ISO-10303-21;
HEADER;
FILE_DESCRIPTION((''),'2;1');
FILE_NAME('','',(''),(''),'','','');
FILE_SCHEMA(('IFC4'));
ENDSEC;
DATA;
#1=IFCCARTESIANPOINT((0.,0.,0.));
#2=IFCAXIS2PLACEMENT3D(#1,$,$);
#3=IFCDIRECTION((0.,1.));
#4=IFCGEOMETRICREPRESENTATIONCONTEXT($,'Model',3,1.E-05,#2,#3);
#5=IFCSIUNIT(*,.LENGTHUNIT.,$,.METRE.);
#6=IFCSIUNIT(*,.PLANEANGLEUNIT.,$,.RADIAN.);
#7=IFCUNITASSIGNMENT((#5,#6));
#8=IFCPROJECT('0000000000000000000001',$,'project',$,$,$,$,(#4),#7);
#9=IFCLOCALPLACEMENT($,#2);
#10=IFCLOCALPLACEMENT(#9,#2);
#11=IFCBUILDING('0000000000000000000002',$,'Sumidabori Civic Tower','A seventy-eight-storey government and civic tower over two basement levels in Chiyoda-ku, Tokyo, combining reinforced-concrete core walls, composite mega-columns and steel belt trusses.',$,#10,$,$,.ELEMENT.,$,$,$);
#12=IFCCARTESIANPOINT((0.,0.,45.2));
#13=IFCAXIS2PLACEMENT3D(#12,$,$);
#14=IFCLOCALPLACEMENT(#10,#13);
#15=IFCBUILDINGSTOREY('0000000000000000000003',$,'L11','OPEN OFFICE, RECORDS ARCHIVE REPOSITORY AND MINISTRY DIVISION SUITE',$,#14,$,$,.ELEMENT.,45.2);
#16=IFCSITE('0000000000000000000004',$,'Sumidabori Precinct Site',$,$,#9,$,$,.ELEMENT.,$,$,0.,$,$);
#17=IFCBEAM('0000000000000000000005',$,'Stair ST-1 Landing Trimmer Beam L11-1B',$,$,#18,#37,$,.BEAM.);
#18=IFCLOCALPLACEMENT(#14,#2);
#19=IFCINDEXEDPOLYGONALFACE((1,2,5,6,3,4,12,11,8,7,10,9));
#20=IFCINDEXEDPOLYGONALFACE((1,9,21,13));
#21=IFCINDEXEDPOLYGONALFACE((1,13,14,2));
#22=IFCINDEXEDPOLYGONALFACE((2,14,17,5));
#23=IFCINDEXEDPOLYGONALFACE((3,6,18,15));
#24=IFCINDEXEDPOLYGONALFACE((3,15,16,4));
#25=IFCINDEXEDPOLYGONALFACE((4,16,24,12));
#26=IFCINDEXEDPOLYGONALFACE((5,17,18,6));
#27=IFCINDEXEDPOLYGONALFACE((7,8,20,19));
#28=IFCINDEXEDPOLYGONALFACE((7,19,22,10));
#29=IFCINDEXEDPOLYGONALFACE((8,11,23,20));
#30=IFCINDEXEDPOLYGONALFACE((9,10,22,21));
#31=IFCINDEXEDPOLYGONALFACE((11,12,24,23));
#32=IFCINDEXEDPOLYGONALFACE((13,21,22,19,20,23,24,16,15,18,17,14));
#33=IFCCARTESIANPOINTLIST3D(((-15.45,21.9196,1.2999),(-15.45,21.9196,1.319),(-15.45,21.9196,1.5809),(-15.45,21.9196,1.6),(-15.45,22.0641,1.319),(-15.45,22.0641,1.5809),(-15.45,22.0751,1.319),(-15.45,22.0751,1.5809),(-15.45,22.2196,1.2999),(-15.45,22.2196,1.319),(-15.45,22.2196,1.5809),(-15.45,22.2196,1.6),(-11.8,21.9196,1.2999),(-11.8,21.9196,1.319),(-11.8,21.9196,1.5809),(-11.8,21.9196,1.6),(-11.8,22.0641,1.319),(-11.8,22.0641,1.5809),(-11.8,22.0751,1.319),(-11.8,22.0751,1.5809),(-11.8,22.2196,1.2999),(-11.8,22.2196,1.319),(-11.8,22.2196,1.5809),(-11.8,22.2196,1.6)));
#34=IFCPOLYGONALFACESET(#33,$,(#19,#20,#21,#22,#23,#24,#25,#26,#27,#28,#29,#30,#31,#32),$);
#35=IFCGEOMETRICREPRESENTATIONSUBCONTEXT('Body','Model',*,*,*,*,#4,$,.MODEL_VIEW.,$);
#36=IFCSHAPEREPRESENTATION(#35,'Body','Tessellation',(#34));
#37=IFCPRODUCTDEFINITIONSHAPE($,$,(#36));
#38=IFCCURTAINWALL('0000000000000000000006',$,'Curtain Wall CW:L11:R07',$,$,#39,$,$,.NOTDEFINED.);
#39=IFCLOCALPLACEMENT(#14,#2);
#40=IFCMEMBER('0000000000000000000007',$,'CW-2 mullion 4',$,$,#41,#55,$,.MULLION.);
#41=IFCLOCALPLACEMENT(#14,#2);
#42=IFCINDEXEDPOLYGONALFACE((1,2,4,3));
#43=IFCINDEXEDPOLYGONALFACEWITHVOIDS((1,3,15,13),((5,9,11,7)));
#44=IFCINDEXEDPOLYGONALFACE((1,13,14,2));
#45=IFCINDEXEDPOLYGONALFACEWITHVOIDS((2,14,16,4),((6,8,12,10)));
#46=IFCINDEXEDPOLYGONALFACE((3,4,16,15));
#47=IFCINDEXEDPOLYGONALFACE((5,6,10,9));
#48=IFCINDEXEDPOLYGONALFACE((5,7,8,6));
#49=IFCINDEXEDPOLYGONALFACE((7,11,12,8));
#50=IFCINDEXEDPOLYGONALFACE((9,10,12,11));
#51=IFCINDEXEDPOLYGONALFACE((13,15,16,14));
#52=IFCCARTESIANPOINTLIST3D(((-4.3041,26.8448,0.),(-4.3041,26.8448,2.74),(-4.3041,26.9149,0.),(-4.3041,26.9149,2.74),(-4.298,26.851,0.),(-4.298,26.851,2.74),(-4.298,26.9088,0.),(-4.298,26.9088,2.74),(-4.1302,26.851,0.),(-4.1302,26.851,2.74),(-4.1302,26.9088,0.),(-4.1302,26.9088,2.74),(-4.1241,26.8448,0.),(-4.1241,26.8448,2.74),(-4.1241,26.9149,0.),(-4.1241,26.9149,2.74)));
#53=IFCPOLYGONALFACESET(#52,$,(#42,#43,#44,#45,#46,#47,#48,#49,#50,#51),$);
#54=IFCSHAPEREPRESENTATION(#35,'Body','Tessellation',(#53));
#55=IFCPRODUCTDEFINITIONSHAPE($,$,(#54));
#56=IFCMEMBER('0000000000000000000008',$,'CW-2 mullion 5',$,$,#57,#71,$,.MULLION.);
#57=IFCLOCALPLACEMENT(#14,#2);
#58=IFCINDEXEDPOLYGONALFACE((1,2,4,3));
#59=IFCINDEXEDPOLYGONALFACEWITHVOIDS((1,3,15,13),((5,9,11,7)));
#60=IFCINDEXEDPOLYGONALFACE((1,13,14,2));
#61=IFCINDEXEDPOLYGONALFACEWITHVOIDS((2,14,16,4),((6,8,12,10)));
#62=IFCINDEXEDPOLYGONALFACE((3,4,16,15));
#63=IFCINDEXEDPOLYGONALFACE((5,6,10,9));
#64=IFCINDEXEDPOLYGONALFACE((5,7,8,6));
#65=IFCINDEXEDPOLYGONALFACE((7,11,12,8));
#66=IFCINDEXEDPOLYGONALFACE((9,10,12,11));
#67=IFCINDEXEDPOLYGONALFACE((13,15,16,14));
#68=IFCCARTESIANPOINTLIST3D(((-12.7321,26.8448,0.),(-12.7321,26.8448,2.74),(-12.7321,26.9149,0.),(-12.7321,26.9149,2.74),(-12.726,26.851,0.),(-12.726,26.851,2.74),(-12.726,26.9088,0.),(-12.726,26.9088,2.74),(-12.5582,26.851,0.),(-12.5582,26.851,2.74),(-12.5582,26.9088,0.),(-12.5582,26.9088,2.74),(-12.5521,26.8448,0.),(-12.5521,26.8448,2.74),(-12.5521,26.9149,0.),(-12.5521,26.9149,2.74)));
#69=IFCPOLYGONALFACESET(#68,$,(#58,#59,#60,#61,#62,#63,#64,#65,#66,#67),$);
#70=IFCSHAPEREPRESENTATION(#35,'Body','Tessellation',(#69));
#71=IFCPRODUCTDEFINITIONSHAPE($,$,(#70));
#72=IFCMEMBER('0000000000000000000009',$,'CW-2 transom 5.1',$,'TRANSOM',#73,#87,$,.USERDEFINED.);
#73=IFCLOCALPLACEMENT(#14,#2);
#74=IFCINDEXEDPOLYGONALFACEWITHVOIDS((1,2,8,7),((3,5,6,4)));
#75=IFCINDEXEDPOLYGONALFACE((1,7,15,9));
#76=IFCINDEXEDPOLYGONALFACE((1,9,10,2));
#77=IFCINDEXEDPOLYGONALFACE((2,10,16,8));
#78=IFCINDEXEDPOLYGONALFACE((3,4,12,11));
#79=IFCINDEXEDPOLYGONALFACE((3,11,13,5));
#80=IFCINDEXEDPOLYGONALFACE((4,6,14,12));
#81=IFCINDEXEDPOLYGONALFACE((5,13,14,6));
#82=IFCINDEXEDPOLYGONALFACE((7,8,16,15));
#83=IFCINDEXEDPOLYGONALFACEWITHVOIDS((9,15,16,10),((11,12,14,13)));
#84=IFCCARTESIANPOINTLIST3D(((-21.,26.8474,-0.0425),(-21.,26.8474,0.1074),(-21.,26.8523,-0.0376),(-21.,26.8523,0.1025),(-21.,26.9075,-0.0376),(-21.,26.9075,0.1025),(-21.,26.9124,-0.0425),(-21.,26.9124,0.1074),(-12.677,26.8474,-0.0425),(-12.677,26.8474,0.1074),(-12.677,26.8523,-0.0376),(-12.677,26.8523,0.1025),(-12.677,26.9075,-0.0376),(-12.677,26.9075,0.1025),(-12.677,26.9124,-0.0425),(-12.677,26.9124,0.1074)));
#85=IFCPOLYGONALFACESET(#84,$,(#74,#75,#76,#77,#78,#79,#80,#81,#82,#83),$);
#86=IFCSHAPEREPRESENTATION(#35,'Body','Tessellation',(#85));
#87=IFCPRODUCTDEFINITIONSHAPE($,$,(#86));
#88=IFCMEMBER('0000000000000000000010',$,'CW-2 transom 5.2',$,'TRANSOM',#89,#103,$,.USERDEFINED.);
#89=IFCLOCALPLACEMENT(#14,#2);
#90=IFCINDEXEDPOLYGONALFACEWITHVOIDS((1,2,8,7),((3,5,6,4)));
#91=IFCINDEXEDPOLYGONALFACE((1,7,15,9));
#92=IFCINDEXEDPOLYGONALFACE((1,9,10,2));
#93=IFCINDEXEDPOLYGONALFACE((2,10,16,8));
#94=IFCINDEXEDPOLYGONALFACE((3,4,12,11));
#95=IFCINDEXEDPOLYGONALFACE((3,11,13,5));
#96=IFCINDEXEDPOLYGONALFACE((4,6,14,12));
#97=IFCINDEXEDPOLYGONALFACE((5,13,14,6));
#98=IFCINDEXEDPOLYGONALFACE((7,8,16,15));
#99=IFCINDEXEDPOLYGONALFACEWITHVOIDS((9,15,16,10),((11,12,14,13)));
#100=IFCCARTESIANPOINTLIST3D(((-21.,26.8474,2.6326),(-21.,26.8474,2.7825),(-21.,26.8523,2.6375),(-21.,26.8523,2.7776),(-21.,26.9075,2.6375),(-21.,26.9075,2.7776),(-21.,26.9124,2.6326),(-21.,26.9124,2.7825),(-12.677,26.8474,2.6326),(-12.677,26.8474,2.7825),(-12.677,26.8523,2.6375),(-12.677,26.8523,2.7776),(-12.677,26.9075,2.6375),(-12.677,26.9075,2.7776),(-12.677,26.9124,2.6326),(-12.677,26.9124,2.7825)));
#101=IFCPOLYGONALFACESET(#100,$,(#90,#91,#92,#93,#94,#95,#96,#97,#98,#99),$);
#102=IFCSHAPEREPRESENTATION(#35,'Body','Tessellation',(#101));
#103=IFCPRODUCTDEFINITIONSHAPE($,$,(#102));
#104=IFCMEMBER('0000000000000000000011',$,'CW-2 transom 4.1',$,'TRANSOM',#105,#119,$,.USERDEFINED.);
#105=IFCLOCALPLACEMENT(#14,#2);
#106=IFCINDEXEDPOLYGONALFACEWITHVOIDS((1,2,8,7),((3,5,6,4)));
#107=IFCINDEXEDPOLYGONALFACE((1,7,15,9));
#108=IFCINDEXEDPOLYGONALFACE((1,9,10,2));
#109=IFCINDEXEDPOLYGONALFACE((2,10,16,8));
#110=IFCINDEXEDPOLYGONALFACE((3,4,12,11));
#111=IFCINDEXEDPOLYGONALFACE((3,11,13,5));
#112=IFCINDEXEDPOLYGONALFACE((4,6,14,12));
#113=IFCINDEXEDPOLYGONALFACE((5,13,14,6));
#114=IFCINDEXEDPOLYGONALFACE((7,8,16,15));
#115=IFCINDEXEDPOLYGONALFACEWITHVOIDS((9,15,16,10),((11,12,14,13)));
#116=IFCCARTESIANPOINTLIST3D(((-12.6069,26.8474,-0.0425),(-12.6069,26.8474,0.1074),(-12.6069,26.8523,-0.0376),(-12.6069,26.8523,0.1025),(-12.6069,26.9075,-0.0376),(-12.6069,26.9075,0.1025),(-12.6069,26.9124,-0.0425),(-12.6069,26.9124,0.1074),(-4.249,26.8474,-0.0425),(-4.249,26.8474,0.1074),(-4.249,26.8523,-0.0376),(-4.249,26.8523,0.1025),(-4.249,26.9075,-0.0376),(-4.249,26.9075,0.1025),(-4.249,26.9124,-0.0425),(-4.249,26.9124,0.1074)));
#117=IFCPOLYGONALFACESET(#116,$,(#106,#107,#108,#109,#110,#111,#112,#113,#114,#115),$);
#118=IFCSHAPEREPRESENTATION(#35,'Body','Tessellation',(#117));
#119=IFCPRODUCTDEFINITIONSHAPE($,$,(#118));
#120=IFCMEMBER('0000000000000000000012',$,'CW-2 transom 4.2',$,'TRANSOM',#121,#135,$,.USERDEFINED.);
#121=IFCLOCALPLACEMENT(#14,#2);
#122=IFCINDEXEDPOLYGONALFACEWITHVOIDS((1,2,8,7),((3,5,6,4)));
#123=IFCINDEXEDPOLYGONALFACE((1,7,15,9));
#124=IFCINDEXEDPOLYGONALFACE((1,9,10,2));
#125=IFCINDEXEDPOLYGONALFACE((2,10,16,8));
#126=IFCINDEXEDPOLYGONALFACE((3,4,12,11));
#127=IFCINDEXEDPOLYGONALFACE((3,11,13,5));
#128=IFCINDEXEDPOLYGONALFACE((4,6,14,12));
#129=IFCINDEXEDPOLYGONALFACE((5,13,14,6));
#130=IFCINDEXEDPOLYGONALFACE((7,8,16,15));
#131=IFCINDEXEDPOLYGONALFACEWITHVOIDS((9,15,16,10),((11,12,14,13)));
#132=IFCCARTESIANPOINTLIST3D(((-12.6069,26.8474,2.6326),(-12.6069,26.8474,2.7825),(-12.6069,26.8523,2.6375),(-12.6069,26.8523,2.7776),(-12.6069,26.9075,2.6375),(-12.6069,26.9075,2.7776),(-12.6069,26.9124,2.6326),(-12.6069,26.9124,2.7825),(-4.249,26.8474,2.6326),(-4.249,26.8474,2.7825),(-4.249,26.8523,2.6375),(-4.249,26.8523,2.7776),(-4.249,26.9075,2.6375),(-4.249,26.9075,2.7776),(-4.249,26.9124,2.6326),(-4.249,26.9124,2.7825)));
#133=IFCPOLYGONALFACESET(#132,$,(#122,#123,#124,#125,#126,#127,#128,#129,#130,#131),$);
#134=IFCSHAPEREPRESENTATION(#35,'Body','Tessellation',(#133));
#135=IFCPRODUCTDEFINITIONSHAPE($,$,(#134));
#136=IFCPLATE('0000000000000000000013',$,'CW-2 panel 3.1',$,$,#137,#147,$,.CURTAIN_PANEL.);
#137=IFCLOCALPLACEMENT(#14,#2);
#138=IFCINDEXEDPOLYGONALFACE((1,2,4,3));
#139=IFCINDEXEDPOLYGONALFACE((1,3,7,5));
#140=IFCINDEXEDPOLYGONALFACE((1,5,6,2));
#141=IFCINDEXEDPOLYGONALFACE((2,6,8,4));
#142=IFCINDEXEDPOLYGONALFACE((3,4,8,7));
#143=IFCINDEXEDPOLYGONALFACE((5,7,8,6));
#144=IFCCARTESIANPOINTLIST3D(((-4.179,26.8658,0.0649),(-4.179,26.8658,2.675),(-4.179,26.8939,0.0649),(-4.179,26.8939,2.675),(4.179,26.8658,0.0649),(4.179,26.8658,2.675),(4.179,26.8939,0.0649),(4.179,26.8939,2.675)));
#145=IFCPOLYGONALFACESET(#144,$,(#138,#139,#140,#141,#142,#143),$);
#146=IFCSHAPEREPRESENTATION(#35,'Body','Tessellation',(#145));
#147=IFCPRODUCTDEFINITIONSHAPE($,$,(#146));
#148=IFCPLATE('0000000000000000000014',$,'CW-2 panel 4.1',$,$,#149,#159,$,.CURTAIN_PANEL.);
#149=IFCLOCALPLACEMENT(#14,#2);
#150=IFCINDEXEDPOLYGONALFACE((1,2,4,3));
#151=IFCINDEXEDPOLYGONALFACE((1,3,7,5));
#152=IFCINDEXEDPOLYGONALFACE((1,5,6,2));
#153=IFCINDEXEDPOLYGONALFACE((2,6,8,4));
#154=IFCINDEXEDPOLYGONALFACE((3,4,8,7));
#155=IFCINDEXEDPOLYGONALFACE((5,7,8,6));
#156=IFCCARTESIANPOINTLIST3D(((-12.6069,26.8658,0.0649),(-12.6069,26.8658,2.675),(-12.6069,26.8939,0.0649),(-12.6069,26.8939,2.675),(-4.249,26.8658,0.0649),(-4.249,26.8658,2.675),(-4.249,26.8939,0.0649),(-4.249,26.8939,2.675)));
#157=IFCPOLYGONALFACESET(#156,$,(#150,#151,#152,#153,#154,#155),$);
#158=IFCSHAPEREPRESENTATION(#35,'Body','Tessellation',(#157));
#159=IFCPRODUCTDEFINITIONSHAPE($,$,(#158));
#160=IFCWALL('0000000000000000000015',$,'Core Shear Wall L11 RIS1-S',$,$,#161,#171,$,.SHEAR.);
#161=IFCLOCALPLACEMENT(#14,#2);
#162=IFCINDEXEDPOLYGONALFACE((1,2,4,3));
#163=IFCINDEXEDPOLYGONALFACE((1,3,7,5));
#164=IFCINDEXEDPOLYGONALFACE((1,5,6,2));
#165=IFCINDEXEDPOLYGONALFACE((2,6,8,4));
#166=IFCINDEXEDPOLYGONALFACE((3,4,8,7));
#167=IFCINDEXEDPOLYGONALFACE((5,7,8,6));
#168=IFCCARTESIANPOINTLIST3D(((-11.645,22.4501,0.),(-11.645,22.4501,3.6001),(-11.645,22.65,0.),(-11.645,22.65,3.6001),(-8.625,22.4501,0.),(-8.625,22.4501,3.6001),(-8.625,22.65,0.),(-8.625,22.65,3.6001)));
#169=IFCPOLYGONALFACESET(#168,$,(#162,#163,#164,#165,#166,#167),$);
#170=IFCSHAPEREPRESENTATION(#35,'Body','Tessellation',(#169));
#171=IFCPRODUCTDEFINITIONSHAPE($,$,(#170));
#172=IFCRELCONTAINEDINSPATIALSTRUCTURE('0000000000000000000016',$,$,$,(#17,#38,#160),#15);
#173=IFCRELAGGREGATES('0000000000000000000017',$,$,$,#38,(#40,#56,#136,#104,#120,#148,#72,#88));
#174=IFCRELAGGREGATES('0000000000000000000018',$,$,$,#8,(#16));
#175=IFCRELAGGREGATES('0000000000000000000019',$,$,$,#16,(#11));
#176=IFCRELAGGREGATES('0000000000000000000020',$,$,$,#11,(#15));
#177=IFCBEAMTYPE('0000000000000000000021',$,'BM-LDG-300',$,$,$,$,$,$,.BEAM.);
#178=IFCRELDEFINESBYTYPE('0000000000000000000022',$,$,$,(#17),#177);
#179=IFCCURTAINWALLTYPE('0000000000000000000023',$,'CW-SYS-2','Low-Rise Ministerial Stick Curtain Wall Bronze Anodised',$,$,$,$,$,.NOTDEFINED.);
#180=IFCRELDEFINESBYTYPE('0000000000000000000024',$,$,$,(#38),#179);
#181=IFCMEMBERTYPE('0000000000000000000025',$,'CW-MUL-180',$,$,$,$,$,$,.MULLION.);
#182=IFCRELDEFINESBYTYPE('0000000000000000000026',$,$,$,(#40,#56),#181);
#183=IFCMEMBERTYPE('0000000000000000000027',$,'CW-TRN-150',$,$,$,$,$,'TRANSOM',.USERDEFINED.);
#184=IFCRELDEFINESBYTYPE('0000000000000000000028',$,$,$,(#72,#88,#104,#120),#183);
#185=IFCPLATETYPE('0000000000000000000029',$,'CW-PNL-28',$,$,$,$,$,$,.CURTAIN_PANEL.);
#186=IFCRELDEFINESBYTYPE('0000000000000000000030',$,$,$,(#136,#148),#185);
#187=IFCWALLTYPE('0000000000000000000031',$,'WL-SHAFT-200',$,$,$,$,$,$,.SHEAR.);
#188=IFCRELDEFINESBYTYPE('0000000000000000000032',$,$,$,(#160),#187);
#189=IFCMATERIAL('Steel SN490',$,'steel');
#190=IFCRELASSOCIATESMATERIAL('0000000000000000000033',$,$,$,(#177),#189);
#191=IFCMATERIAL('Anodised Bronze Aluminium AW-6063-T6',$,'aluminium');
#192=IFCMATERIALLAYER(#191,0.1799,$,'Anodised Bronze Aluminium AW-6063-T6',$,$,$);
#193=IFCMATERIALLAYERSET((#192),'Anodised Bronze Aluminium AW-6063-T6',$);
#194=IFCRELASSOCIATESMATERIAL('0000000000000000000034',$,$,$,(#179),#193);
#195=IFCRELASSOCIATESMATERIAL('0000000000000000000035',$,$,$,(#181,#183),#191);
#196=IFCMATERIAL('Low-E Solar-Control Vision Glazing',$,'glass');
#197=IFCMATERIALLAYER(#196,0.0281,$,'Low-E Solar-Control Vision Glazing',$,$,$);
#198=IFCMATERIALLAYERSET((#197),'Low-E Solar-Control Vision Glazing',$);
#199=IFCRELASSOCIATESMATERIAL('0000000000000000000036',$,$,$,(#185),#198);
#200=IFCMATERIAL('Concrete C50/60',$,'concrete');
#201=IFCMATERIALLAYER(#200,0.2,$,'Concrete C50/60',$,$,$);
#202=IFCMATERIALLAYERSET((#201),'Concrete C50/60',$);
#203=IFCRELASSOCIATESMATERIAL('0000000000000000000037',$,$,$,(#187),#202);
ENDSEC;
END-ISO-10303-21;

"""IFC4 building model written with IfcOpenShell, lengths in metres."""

from ifc_helpers import new_model, si_unit, direction, frame, frame_2d, origin, origin_2d, place, context, subcontext, project, spatial, rectangle, hollow_rectangle, i_section, extrude, source, transform, mapped, material, layer, layer_set, material_profile, profile_set, type_object, element, aggregate, save


model = new_model("IFC4")

# Units and contexts
model_context = context("Model", 3, precision=1e-05, world=origin(), true_north=direction((0.0, 1.0)))
body_context = subcontext(model_context, "Body", "Model", "MODEL_VIEW")
ifc_project = project(units=[si_unit("LENGTHUNIT", "METRE"), si_unit("PLANEANGLEUNIT", "RADIAN")], contexts=[model_context])

# Site, building, storey
site_placement = place(None, origin())
site = spatial("IfcSite", under=ifc_project, at=site_placement, Name="Sumidabori Precinct Site", CompositionType="ELEMENT", RefElevation=0.0)
building_placement = place(site_placement, origin())
building = spatial("IfcBuilding", under=site, at=building_placement, Name="Sumidabori Civic Tower", Description="A seventy-eight-storey government and civic tower over two basement levels in Chiyoda-ku, Tokyo, combining reinforced-concrete core walls, composite mega-columns and steel belt trusses.", CompositionType="ELEMENT")
storey_placement = place(building_placement, frame((0.0, 0.0, 45.2)))
storey = spatial("IfcBuildingStorey", under=building, at=storey_placement, Name="L11", Description="OPEN OFFICE, RECORDS ARCHIVE REPOSITORY AND MINISTRY DIVISION SUITE", CompositionType="ELEMENT", Elevation=45.2)

# Beam
ifc_material_1 = material(Name="Steel SN490", Category="steel")
ifc_material_profile_1 = material_profile(ifc_material_1, i_section(OverallWidth=0.3, OverallDepth=0.3, WebThickness=0.011, FlangeThickness=0.019, at=origin_2d()), Name="HE 300 B")
ifc_profile_set_1 = profile_set([ifc_material_profile_1], Name="Steel SN490")
beam_type = type_object("IfcBeamType", Name="BM-LDG-300", PredefinedType="BEAM", material=ifc_profile_set_1)
shared_shape_1 = source(origin(), body_context, "Body", "SweptSolid", [
    extrude(i_section(OverallWidth=0.3, OverallDepth=0.3, WebThickness=0.011, FlangeThickness=0.019, at=origin_2d()), origin(), (0.0, 0.0, 1.0), 3.6499),
])
beam_placement = place(storey_placement, frame((-15.45, 22.0696, 1.45), z_axis=(1.0, 0.0, 0.0), x_axis=(0.0, 1.0, 0.0)))
element("IfcBeam", 1, at=beam_placement, inside=storey, type_object=beam_type, Name="Stair ST-1 Landing Trimmer Beam L11-1B", PredefinedType="BEAM", context=body_context, shape_type="MappedRepresentation", body=[
    mapped(shared_shape_1, transform((0.0, 0.0, 0.0), x_axis=(1.0, 0.0, 0.0), y_axis=(0.0, 1.0, 0.0), z_axis=(0.0, 0.0, 1.0), scale=1.0)),
])

# Curtain wall, members, plates
ifc_material_2 = material(Name="Anodised Bronze Aluminium AW-6063-T6", Category="aluminium")
ifc_layer_1 = layer(ifc_material_2, 0.1799, Name="Anodised Bronze Aluminium AW-6063-T6")
ifc_layer_set_1 = layer_set([ifc_layer_1], Name="Anodised Bronze Aluminium AW-6063-T6")
curtain_wall_type = type_object("IfcCurtainWallType", Name="CW-SYS-2", Description="Low-Rise Ministerial Stick Curtain Wall Bronze Anodised", PredefinedType="NOTDEFINED", material=ifc_layer_set_1)
curtain_wall_placement = place(storey_placement, origin())
curtain_wall = element("IfcCurtainWall", 2, at=curtain_wall_placement, inside=storey, type_object=curtain_wall_type, Name="Curtain Wall CW:L11:R07", PredefinedType="NOTDEFINED")
ifc_material_profile_2 = material_profile(ifc_material_2, hollow_rectangle(XDim=0.0701, YDim=0.1799, WallThickness=0.0061, at=origin_2d()), Name="ALU MULLION 180x70")
ifc_profile_set_2 = profile_set([ifc_material_profile_2], Name="Anodised Bronze Aluminium AW-6063-T6")
member_type_1 = type_object("IfcMemberType", Name="CW-MUL-180", PredefinedType="MULLION", material=ifc_profile_set_2)
shared_shape_2 = source(origin(), body_context, "Body", "SweptSolid", [
    extrude(hollow_rectangle(XDim=0.0701, YDim=0.1799, WallThickness=0.0061, at=origin_2d()), origin(), (0.0, 0.0, 1.0), 2.74),
])
member_1_placement = place(storey_placement, frame((-4.2141, 26.8799, 0.0), z_axis=(0.0, 0.0, 1.0), x_axis=(0.0, -1.0, 0.0)))
member_1 = element("IfcMember", 3, at=member_1_placement, type_object=member_type_1, Name="CW-2 mullion 4", PredefinedType="MULLION", context=body_context, shape_type="MappedRepresentation", body=[
    mapped(shared_shape_2, transform((0.0, 0.0, 0.0), x_axis=(1.0, 0.0, 0.0), y_axis=(0.0, 1.0, 0.0), z_axis=(0.0, 0.0, 1.0), scale=1.0)),
])
member_2_placement = place(storey_placement, frame((-12.6421, 26.8799, 0.0), z_axis=(0.0, 0.0, 1.0), x_axis=(0.0, -1.0, 0.0)))
member_2 = element("IfcMember", 4, at=member_2_placement, type_object=member_type_1, Name="CW-2 mullion 5", PredefinedType="MULLION", context=body_context, shape_type="MappedRepresentation", body=[
    mapped(shared_shape_2, transform((0.0, 0.0, 0.0), x_axis=(1.0, 0.0, 0.0), y_axis=(0.0, 1.0, 0.0), z_axis=(0.0, 0.0, 1.0), scale=1.0)),
])
ifc_material_profile_3 = material_profile(ifc_material_2, hollow_rectangle(XDim=0.0649, YDim=0.1499, WallThickness=0.0049, at=origin_2d()), Name="ALU TRANSOM 150x65")
ifc_profile_set_3 = profile_set([ifc_material_profile_3], Name="Anodised Bronze Aluminium AW-6063-T6")
member_type_2 = type_object("IfcMemberType", Name="CW-TRN-150", ElementType="TRANSOM", PredefinedType="USERDEFINED", material=ifc_profile_set_3)
shared_shape_3 = source(origin(), body_context, "Body", "SweptSolid", [
    extrude(hollow_rectangle(XDim=0.0649, YDim=0.1499, WallThickness=0.0049, at=origin_2d()), origin(), (0.0, 0.0, 1.0), 8.323),
])
member_3_placement = place(storey_placement, frame((-12.677, 26.8799, 0.0325), z_axis=(-1.0, 0.0, 0.0), x_axis=(0.0, -1.0, 0.0)))
member_3 = element("IfcMember", 5, at=member_3_placement, type_object=member_type_2, Name="CW-2 transom 5.1", ObjectType="TRANSOM", PredefinedType="USERDEFINED", context=body_context, shape_type="MappedRepresentation", body=[
    mapped(shared_shape_3, transform((0.0, 0.0, 0.0), x_axis=(1.0, 0.0, 0.0), y_axis=(0.0, 1.0, 0.0), z_axis=(0.0, 0.0, 1.0), scale=1.0)),
])
member_4_placement = place(storey_placement, frame((-12.677, 26.8799, 2.7075), z_axis=(-1.0, 0.0, 0.0), x_axis=(0.0, -1.0, 0.0)))
member_4 = element("IfcMember", 6, at=member_4_placement, type_object=member_type_2, Name="CW-2 transom 5.2", ObjectType="TRANSOM", PredefinedType="USERDEFINED", context=body_context, shape_type="MappedRepresentation", body=[
    mapped(shared_shape_3, transform((0.0, 0.0, 0.0), x_axis=(1.0, 0.0, 0.0), y_axis=(0.0, 1.0, 0.0), z_axis=(0.0, 0.0, 1.0), scale=1.0)),
])
shared_shape_4 = source(origin(), body_context, "Body", "SweptSolid", [
    extrude(hollow_rectangle(XDim=0.0649, YDim=0.1499, WallThickness=0.0049, at=origin_2d()), origin(), (0.0, 0.0, 1.0), 8.3579),
])
member_5_placement = place(storey_placement, frame((-4.249, 26.8799, 0.0325), z_axis=(-1.0, 0.0, 0.0), x_axis=(0.0, -1.0, 0.0)))
member_5 = element("IfcMember", 7, at=member_5_placement, type_object=member_type_2, Name="CW-2 transom 4.1", ObjectType="TRANSOM", PredefinedType="USERDEFINED", context=body_context, shape_type="MappedRepresentation", body=[
    mapped(shared_shape_4, transform((0.0, 0.0, 0.0), x_axis=(1.0, 0.0, 0.0), y_axis=(0.0, 1.0, 0.0), z_axis=(0.0, 0.0, 1.0), scale=1.0)),
])
member_6_placement = place(storey_placement, frame((-4.249, 26.8799, 2.7075), z_axis=(-1.0, 0.0, 0.0), x_axis=(0.0, -1.0, 0.0)))
member_6 = element("IfcMember", 8, at=member_6_placement, type_object=member_type_2, Name="CW-2 transom 4.2", ObjectType="TRANSOM", PredefinedType="USERDEFINED", context=body_context, shape_type="MappedRepresentation", body=[
    mapped(shared_shape_4, transform((0.0, 0.0, 0.0), x_axis=(1.0, 0.0, 0.0), y_axis=(0.0, 1.0, 0.0), z_axis=(0.0, 0.0, 1.0), scale=1.0)),
])
ifc_material_3 = material(Name="Low-E Solar-Control Vision Glazing", Category="glass")
ifc_layer_2 = layer(ifc_material_3, 0.0281, Name="Low-E Solar-Control Vision Glazing")
ifc_layer_set_2 = layer_set([ifc_layer_2], Name="Low-E Solar-Control Vision Glazing")
plate_type = type_object("IfcPlateType", Name="CW-PNL-28", PredefinedType="CURTAIN_PANEL", material=ifc_layer_set_2)
shared_shape_5 = source(origin(), body_context, "Body", "SweptSolid", [
    extrude(rectangle(XDim=8.3579, YDim=0.0281, at=origin_2d()), origin(), (0.0, 0.0, 1.0), 2.6101),
])
plate_1_placement = place(storey_placement, frame((0.0, 26.8799, 0.0649), z_axis=(0.0, 0.0, 1.0), x_axis=(-1.0, 0.0, 0.0)))
plate_1 = element("IfcPlate", 9, at=plate_1_placement, type_object=plate_type, Name="CW-2 panel 3.1", PredefinedType="CURTAIN_PANEL", context=body_context, shape_type="MappedRepresentation", body=[
    mapped(shared_shape_5, transform((0.0, 0.0, 0.0), x_axis=(1.0, 0.0, 0.0), y_axis=(0.0, 1.0, 0.0), z_axis=(0.0, 0.0, 1.0), scale=1.0)),
])
plate_2_placement = place(storey_placement, frame((-8.428, 26.8799, 0.0649), z_axis=(0.0, 0.0, 1.0), x_axis=(-1.0, 0.0, 0.0)))
plate_2 = element("IfcPlate", 10, at=plate_2_placement, type_object=plate_type, Name="CW-2 panel 4.1", PredefinedType="CURTAIN_PANEL", context=body_context, shape_type="MappedRepresentation", body=[
    mapped(shared_shape_5, transform((0.0, 0.0, 0.0), x_axis=(1.0, 0.0, 0.0), y_axis=(0.0, 1.0, 0.0), z_axis=(0.0, 0.0, 1.0), scale=1.0)),
])
aggregate(curtain_wall, [member_1, member_2, plate_1, member_5, member_6, plate_2, member_3, member_4])

# Wall
ifc_material_4 = material(Name="Concrete C50/60", Category="concrete")
ifc_layer_3 = layer(ifc_material_4, 0.2, Name="Concrete C50/60")
ifc_layer_set_3 = layer_set([ifc_layer_3], Name="Concrete C50/60")
wall_type_1 = type_object("IfcWallType", Name="WL-SHAFT-200", PredefinedType="SHEAR", material=ifc_layer_set_3)
shared_shape_6 = source(origin(), body_context, "Body", "SweptSolid", [
    extrude(rectangle(XDim=3.02, YDim=0.2, at=frame_2d((1.51, 0.0))), origin(), (0.0, 0.0, 1.0), 3.6001),
])
wall_1_placement = place(storey_placement, frame((-11.645, 22.55, 0.0), z_axis=(0.0, 0.0, 1.0), x_axis=(1.0, 0.0, 0.0)))
element("IfcWall", 11, at=wall_1_placement, inside=storey, type_object=wall_type_1, Name="Core Shear Wall L11 RIS1-S", PredefinedType="SHEAR", context=body_context, shape_type="MappedRepresentation", body=[
    mapped(shared_shape_6, transform((0.0, 0.0, 0.0), x_axis=(1.0, 0.0, 0.0), y_axis=(0.0, 1.0, 0.0), z_axis=(0.0, 0.0, 1.0), scale=1.0)),
])

save(model, "model.ifc")
